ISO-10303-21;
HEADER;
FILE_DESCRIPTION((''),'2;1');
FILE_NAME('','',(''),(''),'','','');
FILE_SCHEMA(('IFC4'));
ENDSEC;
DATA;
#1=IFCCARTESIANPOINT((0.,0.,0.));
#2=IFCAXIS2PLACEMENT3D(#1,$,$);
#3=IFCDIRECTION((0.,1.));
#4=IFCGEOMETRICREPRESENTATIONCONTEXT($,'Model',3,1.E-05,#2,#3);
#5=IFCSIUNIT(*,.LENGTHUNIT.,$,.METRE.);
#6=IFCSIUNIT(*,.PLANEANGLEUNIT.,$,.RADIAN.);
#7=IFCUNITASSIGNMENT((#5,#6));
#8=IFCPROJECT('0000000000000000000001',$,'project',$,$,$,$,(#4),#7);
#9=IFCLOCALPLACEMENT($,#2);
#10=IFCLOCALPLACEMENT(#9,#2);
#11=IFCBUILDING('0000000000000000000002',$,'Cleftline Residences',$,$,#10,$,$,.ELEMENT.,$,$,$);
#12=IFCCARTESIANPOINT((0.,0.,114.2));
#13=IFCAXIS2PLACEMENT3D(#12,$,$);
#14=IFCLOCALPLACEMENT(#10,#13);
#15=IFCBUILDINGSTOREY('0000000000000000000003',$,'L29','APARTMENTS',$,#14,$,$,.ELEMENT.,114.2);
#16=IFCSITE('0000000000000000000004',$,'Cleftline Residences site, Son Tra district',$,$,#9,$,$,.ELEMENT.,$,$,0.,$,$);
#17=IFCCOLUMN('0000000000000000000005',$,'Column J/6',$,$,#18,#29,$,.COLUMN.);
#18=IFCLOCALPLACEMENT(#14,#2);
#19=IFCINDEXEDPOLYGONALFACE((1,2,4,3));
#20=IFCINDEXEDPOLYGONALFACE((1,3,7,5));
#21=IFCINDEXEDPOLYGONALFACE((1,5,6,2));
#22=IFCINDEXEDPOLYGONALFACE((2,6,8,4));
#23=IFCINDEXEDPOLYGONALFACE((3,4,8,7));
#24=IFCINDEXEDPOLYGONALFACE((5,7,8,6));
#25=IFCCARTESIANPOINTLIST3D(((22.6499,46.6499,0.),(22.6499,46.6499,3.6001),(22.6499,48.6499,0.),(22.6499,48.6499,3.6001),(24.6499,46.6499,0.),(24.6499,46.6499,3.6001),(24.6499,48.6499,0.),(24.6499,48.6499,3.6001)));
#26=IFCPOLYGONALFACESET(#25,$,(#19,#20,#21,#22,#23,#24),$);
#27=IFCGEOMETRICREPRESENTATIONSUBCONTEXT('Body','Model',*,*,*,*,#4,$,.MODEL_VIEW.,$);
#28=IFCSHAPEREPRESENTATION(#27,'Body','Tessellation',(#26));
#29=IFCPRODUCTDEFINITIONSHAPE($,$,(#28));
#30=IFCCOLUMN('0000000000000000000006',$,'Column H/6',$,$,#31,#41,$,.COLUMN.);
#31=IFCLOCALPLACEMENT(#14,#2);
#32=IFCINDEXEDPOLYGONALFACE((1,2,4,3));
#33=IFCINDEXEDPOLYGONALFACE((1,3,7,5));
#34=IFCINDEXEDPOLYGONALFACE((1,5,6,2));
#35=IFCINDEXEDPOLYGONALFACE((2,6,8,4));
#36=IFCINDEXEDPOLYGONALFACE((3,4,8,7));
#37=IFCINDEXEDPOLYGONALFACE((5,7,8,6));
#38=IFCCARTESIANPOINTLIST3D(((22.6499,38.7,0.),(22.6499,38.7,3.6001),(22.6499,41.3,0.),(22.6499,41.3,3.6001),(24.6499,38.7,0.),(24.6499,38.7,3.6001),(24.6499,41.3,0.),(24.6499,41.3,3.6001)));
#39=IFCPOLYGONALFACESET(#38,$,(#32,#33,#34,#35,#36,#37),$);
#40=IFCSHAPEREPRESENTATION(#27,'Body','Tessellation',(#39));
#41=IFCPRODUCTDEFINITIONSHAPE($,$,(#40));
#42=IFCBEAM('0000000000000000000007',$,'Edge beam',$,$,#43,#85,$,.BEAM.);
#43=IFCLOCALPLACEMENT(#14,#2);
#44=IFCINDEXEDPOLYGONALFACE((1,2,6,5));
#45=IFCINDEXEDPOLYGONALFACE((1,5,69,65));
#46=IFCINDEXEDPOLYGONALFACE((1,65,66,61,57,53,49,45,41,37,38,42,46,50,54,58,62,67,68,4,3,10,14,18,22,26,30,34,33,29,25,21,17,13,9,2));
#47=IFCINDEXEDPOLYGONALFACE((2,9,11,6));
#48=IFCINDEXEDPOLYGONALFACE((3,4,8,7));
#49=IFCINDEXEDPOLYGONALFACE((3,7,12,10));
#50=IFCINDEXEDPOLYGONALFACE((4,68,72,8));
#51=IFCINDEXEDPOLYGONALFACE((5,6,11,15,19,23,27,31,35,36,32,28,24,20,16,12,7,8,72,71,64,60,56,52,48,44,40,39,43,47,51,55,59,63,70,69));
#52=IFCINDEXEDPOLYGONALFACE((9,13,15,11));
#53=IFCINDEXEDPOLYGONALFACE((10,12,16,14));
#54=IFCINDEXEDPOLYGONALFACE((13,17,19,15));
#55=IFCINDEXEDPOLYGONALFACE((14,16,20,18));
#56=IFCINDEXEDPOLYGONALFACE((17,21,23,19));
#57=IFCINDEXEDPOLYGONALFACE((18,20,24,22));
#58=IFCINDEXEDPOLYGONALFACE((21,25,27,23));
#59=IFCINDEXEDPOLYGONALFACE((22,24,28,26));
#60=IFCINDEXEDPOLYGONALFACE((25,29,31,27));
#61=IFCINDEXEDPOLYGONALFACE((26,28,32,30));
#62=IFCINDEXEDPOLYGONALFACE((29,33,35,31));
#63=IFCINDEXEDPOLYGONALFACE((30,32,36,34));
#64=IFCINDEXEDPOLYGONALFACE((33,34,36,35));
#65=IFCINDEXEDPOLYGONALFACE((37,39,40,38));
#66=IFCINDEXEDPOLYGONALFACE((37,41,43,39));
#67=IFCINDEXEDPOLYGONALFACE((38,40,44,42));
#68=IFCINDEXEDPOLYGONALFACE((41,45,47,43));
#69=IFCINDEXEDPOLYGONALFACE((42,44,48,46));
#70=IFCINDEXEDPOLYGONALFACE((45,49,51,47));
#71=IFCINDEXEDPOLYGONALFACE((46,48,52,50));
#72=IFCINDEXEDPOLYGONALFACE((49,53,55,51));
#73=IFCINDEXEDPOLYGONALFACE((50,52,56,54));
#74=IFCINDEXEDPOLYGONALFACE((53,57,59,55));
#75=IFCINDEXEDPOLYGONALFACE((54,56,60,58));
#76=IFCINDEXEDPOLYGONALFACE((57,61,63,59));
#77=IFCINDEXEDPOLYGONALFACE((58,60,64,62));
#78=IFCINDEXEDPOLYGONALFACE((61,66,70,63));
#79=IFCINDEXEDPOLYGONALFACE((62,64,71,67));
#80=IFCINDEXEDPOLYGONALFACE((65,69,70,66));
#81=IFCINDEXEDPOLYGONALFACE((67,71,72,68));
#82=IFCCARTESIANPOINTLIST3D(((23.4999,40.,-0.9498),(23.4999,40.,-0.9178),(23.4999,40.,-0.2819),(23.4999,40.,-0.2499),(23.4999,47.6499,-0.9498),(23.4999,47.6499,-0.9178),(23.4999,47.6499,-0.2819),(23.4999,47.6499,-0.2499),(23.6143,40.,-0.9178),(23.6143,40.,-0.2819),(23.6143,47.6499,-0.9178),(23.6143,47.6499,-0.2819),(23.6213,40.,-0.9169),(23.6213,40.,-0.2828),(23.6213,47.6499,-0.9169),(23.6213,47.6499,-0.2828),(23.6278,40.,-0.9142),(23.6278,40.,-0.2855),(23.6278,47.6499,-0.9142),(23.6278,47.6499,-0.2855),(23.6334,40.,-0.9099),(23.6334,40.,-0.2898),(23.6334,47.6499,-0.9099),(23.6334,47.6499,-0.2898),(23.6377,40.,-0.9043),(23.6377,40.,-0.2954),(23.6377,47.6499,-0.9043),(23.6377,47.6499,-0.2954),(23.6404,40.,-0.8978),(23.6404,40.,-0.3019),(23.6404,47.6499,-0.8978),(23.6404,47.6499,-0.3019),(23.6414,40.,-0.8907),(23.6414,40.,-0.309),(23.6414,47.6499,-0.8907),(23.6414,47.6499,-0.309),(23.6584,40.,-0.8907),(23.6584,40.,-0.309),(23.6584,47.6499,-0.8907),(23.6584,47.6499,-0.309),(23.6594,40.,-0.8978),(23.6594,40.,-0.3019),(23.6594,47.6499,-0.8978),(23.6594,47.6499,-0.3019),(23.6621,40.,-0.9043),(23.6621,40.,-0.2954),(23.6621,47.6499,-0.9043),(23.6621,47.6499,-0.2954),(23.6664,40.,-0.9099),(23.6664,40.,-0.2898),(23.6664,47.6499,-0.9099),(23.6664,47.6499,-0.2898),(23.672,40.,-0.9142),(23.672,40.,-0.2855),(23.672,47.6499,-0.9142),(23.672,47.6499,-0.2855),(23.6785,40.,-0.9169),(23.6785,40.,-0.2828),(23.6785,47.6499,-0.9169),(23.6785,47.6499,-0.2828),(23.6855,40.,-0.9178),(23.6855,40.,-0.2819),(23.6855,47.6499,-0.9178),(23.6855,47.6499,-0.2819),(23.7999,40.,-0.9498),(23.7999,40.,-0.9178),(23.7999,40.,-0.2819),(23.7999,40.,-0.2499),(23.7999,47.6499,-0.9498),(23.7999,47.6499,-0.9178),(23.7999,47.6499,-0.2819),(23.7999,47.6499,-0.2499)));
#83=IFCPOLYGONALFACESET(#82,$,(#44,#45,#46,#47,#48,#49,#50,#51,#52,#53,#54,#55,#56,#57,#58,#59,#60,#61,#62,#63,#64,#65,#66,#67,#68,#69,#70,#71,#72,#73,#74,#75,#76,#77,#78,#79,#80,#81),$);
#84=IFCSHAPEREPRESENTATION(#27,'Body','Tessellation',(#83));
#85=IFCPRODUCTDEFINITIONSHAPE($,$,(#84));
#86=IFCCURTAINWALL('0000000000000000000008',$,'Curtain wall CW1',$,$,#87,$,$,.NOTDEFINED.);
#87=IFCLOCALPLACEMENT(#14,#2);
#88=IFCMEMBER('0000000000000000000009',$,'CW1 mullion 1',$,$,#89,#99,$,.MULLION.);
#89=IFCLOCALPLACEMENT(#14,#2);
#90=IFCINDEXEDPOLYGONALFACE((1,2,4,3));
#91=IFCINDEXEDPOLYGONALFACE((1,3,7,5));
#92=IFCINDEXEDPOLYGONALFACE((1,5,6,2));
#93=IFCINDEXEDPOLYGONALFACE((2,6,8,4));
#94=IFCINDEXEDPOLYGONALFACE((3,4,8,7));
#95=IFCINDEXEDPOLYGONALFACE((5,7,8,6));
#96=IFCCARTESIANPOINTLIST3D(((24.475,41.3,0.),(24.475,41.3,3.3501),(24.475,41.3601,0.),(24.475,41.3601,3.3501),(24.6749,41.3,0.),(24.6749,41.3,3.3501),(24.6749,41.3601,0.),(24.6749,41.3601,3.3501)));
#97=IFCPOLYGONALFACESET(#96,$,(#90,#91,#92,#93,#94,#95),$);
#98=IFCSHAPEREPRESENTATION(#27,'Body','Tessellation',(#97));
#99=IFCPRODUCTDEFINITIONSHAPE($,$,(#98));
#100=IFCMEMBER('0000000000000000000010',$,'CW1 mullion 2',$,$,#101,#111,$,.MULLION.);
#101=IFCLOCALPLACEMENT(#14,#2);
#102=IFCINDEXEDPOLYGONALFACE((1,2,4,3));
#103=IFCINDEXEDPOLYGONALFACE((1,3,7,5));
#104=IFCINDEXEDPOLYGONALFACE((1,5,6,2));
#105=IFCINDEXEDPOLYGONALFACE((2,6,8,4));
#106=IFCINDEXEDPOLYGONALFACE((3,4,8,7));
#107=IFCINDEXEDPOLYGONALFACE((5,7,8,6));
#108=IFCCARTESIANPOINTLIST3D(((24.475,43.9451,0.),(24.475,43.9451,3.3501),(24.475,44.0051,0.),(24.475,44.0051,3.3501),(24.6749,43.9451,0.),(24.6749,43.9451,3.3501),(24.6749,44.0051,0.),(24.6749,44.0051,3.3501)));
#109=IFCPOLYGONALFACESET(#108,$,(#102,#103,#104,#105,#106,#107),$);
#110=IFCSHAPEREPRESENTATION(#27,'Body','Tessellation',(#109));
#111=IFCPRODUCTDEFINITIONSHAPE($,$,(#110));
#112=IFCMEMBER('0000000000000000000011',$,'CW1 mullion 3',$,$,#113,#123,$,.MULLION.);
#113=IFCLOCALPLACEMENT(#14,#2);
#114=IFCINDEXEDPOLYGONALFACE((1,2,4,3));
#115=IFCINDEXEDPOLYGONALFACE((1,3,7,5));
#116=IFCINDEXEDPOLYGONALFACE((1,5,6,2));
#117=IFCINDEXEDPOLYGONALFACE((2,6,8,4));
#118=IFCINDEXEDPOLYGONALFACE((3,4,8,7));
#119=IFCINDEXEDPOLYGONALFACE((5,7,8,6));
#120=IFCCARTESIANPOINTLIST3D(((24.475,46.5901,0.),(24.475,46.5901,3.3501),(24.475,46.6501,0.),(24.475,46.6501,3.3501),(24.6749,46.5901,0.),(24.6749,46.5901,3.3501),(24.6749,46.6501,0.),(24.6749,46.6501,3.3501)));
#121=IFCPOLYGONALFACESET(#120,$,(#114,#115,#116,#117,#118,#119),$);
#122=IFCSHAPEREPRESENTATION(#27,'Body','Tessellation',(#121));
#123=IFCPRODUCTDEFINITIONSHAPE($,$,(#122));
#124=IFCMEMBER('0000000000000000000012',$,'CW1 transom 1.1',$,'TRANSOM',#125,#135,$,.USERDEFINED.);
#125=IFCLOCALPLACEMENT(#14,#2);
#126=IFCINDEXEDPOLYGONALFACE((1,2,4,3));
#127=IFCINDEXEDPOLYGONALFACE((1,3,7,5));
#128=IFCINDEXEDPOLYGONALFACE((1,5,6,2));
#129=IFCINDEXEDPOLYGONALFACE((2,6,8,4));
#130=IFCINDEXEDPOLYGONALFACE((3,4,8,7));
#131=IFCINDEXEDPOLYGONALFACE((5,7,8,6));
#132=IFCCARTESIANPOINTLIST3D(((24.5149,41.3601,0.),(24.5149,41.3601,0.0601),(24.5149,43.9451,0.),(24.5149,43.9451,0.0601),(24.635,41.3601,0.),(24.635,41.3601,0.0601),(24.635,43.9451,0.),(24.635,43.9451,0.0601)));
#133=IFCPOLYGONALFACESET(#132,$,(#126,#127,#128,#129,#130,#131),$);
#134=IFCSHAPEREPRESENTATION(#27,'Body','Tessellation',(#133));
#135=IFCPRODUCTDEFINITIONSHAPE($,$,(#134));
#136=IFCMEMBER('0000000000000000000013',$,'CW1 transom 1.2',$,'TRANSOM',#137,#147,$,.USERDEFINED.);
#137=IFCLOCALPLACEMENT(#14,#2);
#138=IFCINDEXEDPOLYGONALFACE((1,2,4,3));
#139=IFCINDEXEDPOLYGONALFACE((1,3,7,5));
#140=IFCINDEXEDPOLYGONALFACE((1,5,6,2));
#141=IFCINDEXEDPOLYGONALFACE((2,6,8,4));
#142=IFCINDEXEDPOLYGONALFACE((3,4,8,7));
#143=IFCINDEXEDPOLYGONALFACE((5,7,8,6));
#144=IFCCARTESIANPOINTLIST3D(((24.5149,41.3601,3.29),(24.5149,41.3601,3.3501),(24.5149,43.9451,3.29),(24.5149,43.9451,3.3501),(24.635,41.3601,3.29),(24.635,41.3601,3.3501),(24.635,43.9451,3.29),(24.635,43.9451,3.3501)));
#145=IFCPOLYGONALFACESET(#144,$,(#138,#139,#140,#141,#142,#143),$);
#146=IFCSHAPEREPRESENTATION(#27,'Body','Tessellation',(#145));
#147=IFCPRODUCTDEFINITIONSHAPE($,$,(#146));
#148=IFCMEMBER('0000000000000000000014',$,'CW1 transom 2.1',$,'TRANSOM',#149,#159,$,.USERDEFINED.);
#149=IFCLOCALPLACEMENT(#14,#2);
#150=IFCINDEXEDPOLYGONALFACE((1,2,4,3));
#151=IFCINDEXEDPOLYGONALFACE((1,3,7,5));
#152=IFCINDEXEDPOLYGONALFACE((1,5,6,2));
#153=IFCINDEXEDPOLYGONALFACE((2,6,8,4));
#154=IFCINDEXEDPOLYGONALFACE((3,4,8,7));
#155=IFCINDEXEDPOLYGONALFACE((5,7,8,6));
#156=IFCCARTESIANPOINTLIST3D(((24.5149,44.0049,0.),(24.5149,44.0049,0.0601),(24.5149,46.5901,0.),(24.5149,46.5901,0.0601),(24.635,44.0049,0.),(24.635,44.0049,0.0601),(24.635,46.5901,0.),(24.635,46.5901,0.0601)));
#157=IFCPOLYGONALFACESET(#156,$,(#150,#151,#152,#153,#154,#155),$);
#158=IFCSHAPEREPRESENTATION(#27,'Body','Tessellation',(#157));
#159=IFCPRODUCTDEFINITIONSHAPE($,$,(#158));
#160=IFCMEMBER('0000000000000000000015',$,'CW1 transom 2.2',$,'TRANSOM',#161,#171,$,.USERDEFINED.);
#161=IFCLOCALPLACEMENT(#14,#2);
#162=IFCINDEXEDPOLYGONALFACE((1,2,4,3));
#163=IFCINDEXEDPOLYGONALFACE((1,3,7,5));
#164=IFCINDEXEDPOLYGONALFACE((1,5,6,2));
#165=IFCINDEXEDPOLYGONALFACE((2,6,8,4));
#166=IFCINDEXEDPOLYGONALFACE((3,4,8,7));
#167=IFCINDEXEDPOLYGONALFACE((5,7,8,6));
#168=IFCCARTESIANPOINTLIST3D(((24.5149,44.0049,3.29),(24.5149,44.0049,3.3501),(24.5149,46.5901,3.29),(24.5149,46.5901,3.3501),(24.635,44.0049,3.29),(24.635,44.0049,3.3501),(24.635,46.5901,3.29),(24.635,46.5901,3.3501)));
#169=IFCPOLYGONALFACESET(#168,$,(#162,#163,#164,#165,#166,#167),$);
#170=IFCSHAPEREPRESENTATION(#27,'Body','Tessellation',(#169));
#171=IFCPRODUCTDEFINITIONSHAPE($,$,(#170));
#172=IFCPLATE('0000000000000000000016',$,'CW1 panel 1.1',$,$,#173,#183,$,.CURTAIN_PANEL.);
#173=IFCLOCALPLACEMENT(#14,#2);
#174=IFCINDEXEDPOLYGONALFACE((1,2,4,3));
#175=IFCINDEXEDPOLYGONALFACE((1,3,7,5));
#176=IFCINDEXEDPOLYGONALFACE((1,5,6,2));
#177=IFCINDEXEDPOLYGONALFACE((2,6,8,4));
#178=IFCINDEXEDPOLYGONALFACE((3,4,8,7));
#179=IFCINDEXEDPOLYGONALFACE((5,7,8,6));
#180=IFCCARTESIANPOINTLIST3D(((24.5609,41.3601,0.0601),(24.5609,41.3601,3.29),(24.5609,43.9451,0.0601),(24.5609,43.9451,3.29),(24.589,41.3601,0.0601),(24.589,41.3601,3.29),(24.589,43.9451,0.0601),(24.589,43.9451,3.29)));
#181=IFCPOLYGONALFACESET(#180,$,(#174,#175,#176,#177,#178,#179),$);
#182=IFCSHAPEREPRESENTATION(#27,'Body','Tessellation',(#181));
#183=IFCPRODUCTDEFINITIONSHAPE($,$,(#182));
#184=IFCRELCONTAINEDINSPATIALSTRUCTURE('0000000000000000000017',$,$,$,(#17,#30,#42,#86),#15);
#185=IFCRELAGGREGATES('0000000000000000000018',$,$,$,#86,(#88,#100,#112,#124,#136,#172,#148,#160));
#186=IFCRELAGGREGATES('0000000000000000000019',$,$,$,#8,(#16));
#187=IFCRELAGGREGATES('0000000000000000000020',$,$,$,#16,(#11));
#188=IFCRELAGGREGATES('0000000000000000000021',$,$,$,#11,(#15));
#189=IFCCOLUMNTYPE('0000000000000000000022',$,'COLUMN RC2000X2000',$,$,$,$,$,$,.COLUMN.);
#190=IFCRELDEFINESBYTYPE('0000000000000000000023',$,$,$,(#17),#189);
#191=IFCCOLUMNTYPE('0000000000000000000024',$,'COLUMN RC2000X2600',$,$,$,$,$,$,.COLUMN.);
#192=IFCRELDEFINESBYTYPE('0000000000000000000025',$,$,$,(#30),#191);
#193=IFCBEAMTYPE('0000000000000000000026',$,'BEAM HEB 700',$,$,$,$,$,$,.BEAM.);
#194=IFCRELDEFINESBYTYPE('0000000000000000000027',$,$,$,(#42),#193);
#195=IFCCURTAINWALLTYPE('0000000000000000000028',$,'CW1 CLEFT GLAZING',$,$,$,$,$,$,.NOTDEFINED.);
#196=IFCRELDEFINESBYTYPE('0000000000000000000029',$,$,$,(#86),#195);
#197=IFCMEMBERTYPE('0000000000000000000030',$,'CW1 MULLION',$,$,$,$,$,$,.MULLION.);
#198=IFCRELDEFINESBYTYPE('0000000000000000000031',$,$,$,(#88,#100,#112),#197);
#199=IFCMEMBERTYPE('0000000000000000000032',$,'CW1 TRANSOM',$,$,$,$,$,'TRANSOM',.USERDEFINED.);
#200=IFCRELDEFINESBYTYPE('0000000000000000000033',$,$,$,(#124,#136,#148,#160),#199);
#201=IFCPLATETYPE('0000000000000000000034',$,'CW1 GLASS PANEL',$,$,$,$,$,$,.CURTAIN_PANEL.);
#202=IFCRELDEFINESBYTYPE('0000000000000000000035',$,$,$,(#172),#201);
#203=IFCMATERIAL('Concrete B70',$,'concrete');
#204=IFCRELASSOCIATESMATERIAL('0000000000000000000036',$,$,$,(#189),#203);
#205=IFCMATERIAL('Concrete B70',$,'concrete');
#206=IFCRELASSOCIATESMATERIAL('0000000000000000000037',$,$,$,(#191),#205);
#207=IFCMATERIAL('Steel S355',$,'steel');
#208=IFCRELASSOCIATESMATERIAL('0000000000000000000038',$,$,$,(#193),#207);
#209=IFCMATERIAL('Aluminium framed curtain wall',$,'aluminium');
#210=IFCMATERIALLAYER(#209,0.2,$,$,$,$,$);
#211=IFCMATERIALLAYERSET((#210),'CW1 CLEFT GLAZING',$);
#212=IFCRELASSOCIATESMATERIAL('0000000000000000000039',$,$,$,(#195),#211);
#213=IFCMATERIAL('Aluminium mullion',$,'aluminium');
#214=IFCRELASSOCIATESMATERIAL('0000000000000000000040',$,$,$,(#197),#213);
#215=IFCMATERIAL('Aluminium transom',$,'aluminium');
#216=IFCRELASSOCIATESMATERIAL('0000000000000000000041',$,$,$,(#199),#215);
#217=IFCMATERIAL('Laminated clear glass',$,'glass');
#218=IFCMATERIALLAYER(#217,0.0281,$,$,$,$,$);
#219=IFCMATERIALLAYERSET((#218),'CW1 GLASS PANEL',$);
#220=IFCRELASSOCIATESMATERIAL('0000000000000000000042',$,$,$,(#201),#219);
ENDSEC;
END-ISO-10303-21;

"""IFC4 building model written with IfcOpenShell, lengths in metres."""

from ifc_helpers import new_model, si_unit, direction, frame, origin, origin_2d, place, context, subcontext, project, spatial, rectangle, i_section, extrude, material, layer, layer_set, material_profile, profile_set, type_object, element, aggregate, save


model = new_model("IFC4")

# Units and contexts
model_context = context("Model", 3, precision=1e-05, world=origin(), true_north=direction((0.0, 1.0)))
body_context = subcontext(model_context, "Body", "Model", "MODEL_VIEW")
ifc_project = project(units=[si_unit("LENGTHUNIT", "METRE"), si_unit("PLANEANGLEUNIT", "RADIAN")], contexts=[model_context])

# Site, building, storey
site_placement = place(None, origin())
site = spatial("IfcSite", under=ifc_project, at=site_placement, Name="Cleftline Residences site, Son Tra district", CompositionType="ELEMENT", RefElevation=0.0)
building_placement = place(site_placement, origin())
building = spatial("IfcBuilding", under=site, at=building_placement, Name="Cleftline Residences", CompositionType="ELEMENT")
storey_placement = place(building_placement, frame((0.0, 0.0, 114.2)))
storey = spatial("IfcBuildingStorey", under=building, at=storey_placement, Name="L29", Description="APARTMENTS", CompositionType="ELEMENT", Elevation=114.2)

# Columns
ifc_material_1 = material(Name="Concrete B70", Category="concrete")
ifc_material_profile_1 = material_profile(ifc_material_1, rectangle(XDim=2.0, YDim=2.0, at=origin_2d()))
ifc_profile_set_1 = profile_set([ifc_material_profile_1], Name="Concrete B70")
column_type_1 = type_object("IfcColumnType", Name="COLUMN RC2000X2000", PredefinedType="COLUMN", material=ifc_profile_set_1)
column_1_placement = place(storey_placement, frame((23.6499, 47.6499, 0.0), z_axis=(0.0, 0.0, 1.0), x_axis=(1.0, 0.0, 0.0)))
element("IfcColumn", 1, at=column_1_placement, inside=storey, type_object=column_type_1, Name="Column J/6", PredefinedType="COLUMN", context=body_context, shape_type="SweptSolid", body=[
    extrude(rectangle(XDim=2.0, YDim=2.0, at=origin_2d()), origin(), (0.0, 0.0, 1.0), 3.6001),
])
ifc_material_2 = material(Name="Concrete B70", Category="concrete")
ifc_material_profile_2 = material_profile(ifc_material_2, rectangle(XDim=2.0, YDim=2.6001, at=origin_2d()))
ifc_profile_set_2 = profile_set([ifc_material_profile_2], Name="Concrete B70")
column_type_2 = type_object("IfcColumnType", Name="COLUMN RC2000X2600", PredefinedType="COLUMN", material=ifc_profile_set_2)
column_2_placement = place(storey_placement, frame((23.6499, 40.0, 0.0), z_axis=(0.0, 0.0, 1.0), x_axis=(1.0, 0.0, 0.0)))
element("IfcColumn", 2, at=column_2_placement, inside=storey, type_object=column_type_2, Name="Column H/6", PredefinedType="COLUMN", context=body_context, shape_type="SweptSolid", body=[
    extrude(rectangle(XDim=2.0, YDim=2.6001, at=origin_2d()), origin(), (0.0, 0.0, 1.0), 3.6001),
])

# Beam
ifc_material_3 = material(Name="Steel S355", Category="steel")
ifc_material_profile_3 = material_profile(ifc_material_3, i_section(OverallWidth=0.3, OverallDepth=0.7, WebThickness=0.0171, FlangeThickness=0.032, FilletRadius=0.0271, at=origin_2d()))
ifc_profile_set_3 = profile_set([ifc_material_profile_3], Name="Steel S355")
beam_type = type_object("IfcBeamType", Name="BEAM HEB 700", PredefinedType="BEAM", material=ifc_profile_set_3)
beam_placement = place(storey_placement, frame((23.6499, 47.6499, -0.5999), z_axis=(0.0, -1.0, 0.0), x_axis=(1.0, 0.0, 0.0)))
element("IfcBeam", 3, at=beam_placement, inside=storey, type_object=beam_type, Name="Edge beam", PredefinedType="BEAM", context=body_context, shape_type="SweptSolid", body=[
    extrude(i_section(OverallWidth=0.3, OverallDepth=0.7, WebThickness=0.0171, FlangeThickness=0.032, FilletRadius=0.0271, at=origin_2d()), origin(), (0.0, 0.0, 1.0), 7.6499),
])

# Curtain wall, members, plate
ifc_material_4 = material(Name="Aluminium framed curtain wall", Category="aluminium")
ifc_layer_1 = layer(ifc_material_4, 0.2)
ifc_layer_set_1 = layer_set([ifc_layer_1], Name="CW1 CLEFT GLAZING")
curtain_wall_type = type_object("IfcCurtainWallType", Name="CW1 CLEFT GLAZING", PredefinedType="NOTDEFINED", material=ifc_layer_set_1)
curtain_wall_placement = place(storey_placement, origin())
curtain_wall = element("IfcCurtainWall", 4, at=curtain_wall_placement, inside=storey, type_object=curtain_wall_type, Name="Curtain wall CW1", PredefinedType="NOTDEFINED")
ifc_material_5 = material(Name="Aluminium mullion", Category="aluminium")
ifc_material_profile_4 = material_profile(ifc_material_5, rectangle(XDim=0.2, YDim=0.0601, at=origin_2d()))
ifc_profile_set_4 = profile_set([ifc_material_profile_4], Name="Aluminium mullion")
member_type_1 = type_object("IfcMemberType", Name="CW1 MULLION", PredefinedType="MULLION", material=ifc_profile_set_4)
member_1_placement = place(storey_placement, frame((24.575, 41.3301, 0.0), z_axis=(0.0, 0.0, 1.0), x_axis=(-1.0, 0.0, 0.0)))
member_1 = element("IfcMember", 5, at=member_1_placement, type_object=member_type_1, Name="CW1 mullion 1", PredefinedType="MULLION", context=body_context, shape_type="SweptSolid", body=[
    extrude(rectangle(XDim=0.2, YDim=0.0601, at=origin_2d()), origin(), (0.0, 0.0, 1.0), 3.3501),
])
member_2_placement = place(storey_placement, frame((24.575, 43.9751, 0.0), z_axis=(0.0, 0.0, 1.0), x_axis=(-1.0, 0.0, 0.0)))
member_2 = element("IfcMember", 6, at=member_2_placement, type_object=member_type_1, Name="CW1 mullion 2", PredefinedType="MULLION", context=body_context, shape_type="SweptSolid", body=[
    extrude(rectangle(XDim=0.2, YDim=0.0601, at=origin_2d()), origin(), (0.0, 0.0, 1.0), 3.3501),
])
member_3_placement = place(storey_placement, frame((24.575, 46.6201, 0.0), z_axis=(0.0, 0.0, 1.0), x_axis=(-1.0, 0.0, 0.0)))
member_3 = element("IfcMember", 7, at=member_3_placement, type_object=member_type_1, Name="CW1 mullion 3", PredefinedType="MULLION", context=body_context, shape_type="SweptSolid", body=[
    extrude(rectangle(XDim=0.2, YDim=0.0601, at=origin_2d()), origin(), (0.0, 0.0, 1.0), 3.3501),
])
ifc_material_6 = material(Name="Aluminium transom", Category="aluminium")
ifc_material_profile_5 = material_profile(ifc_material_6, rectangle(XDim=0.1201, YDim=0.0601, at=origin_2d()))
ifc_profile_set_5 = profile_set([ifc_material_profile_5], Name="Aluminium transom")
member_type_2 = type_object("IfcMemberType", Name="CW1 TRANSOM", ElementType="TRANSOM", PredefinedType="USERDEFINED", material=ifc_profile_set_5)
member_4_placement = place(storey_placement, frame((24.575, 41.3601, 0.03), z_axis=(0.0, 1.0, 0.0), x_axis=(-1.0, 0.0, 0.0)))
member_4 = element("IfcMember", 8, at=member_4_placement, type_object=member_type_2, Name="CW1 transom 1.1", ObjectType="TRANSOM", PredefinedType="USERDEFINED", context=body_context, shape_type="SweptSolid", body=[
    extrude(rectangle(XDim=0.1201, YDim=0.0601, at=origin_2d()), origin(), (0.0, 0.0, 1.0), 2.585),
])
member_5_placement = place(storey_placement, frame((24.575, 41.3601, 3.3201), z_axis=(0.0, 1.0, 0.0), x_axis=(-1.0, 0.0, 0.0)))
member_5 = element("IfcMember", 9, at=member_5_placement, type_object=member_type_2, Name="CW1 transom 1.2", ObjectType="TRANSOM", PredefinedType="USERDEFINED", context=body_context, shape_type="SweptSolid", body=[
    extrude(rectangle(XDim=0.1201, YDim=0.0601, at=origin_2d()), origin(), (0.0, 0.0, 1.0), 2.585),
])
member_6_placement = place(storey_placement, frame((24.575, 44.0049, 0.03), z_axis=(0.0, 1.0, 0.0), x_axis=(-1.0, 0.0, 0.0)))
member_6 = element("IfcMember", 10, at=member_6_placement, type_object=member_type_2, Name="CW1 transom 2.1", ObjectType="TRANSOM", PredefinedType="USERDEFINED", context=body_context, shape_type="SweptSolid", body=[
    extrude(rectangle(XDim=0.1201, YDim=0.0601, at=origin_2d()), origin(), (0.0, 0.0, 1.0), 2.5852),
])
member_7_placement = place(storey_placement, frame((24.575, 44.0049, 3.3201), z_axis=(0.0, 1.0, 0.0), x_axis=(-1.0, 0.0, 0.0)))
member_7 = element("IfcMember", 11, at=member_7_placement, type_object=member_type_2, Name="CW1 transom 2.2", ObjectType="TRANSOM", PredefinedType="USERDEFINED", context=body_context, shape_type="SweptSolid", body=[
    extrude(rectangle(XDim=0.1201, YDim=0.0601, at=origin_2d()), origin(), (0.0, 0.0, 1.0), 2.5852),
])
ifc_material_7 = material(Name="Laminated clear glass", Category="glass")
ifc_layer_2 = layer(ifc_material_7, 0.0281)
ifc_layer_set_2 = layer_set([ifc_layer_2], Name="CW1 GLASS PANEL")
plate_type = type_object("IfcPlateType", Name="CW1 GLASS PANEL", PredefinedType="CURTAIN_PANEL", material=ifc_layer_set_2)
plate_1_placement = place(storey_placement, frame((24.575, 42.6526, 0.0601), z_axis=(0.0, 0.0, 1.0), x_axis=(0.0, 1.0, 0.0)))
plate_1 = element("IfcPlate", 12, at=plate_1_placement, type_object=plate_type, Name="CW1 panel 1.1", PredefinedType="CURTAIN_PANEL", context=body_context, shape_type="SweptSolid", body=[
    extrude(rectangle(XDim=2.585, YDim=0.0281, at=origin_2d()), origin(), (0.0, 0.0, 1.0), 3.23),
])
aggregate(curtain_wall, [member_1, member_2, member_3, member_4, member_5, plate_1, member_6, member_7])

save(model, "model.ifc")
